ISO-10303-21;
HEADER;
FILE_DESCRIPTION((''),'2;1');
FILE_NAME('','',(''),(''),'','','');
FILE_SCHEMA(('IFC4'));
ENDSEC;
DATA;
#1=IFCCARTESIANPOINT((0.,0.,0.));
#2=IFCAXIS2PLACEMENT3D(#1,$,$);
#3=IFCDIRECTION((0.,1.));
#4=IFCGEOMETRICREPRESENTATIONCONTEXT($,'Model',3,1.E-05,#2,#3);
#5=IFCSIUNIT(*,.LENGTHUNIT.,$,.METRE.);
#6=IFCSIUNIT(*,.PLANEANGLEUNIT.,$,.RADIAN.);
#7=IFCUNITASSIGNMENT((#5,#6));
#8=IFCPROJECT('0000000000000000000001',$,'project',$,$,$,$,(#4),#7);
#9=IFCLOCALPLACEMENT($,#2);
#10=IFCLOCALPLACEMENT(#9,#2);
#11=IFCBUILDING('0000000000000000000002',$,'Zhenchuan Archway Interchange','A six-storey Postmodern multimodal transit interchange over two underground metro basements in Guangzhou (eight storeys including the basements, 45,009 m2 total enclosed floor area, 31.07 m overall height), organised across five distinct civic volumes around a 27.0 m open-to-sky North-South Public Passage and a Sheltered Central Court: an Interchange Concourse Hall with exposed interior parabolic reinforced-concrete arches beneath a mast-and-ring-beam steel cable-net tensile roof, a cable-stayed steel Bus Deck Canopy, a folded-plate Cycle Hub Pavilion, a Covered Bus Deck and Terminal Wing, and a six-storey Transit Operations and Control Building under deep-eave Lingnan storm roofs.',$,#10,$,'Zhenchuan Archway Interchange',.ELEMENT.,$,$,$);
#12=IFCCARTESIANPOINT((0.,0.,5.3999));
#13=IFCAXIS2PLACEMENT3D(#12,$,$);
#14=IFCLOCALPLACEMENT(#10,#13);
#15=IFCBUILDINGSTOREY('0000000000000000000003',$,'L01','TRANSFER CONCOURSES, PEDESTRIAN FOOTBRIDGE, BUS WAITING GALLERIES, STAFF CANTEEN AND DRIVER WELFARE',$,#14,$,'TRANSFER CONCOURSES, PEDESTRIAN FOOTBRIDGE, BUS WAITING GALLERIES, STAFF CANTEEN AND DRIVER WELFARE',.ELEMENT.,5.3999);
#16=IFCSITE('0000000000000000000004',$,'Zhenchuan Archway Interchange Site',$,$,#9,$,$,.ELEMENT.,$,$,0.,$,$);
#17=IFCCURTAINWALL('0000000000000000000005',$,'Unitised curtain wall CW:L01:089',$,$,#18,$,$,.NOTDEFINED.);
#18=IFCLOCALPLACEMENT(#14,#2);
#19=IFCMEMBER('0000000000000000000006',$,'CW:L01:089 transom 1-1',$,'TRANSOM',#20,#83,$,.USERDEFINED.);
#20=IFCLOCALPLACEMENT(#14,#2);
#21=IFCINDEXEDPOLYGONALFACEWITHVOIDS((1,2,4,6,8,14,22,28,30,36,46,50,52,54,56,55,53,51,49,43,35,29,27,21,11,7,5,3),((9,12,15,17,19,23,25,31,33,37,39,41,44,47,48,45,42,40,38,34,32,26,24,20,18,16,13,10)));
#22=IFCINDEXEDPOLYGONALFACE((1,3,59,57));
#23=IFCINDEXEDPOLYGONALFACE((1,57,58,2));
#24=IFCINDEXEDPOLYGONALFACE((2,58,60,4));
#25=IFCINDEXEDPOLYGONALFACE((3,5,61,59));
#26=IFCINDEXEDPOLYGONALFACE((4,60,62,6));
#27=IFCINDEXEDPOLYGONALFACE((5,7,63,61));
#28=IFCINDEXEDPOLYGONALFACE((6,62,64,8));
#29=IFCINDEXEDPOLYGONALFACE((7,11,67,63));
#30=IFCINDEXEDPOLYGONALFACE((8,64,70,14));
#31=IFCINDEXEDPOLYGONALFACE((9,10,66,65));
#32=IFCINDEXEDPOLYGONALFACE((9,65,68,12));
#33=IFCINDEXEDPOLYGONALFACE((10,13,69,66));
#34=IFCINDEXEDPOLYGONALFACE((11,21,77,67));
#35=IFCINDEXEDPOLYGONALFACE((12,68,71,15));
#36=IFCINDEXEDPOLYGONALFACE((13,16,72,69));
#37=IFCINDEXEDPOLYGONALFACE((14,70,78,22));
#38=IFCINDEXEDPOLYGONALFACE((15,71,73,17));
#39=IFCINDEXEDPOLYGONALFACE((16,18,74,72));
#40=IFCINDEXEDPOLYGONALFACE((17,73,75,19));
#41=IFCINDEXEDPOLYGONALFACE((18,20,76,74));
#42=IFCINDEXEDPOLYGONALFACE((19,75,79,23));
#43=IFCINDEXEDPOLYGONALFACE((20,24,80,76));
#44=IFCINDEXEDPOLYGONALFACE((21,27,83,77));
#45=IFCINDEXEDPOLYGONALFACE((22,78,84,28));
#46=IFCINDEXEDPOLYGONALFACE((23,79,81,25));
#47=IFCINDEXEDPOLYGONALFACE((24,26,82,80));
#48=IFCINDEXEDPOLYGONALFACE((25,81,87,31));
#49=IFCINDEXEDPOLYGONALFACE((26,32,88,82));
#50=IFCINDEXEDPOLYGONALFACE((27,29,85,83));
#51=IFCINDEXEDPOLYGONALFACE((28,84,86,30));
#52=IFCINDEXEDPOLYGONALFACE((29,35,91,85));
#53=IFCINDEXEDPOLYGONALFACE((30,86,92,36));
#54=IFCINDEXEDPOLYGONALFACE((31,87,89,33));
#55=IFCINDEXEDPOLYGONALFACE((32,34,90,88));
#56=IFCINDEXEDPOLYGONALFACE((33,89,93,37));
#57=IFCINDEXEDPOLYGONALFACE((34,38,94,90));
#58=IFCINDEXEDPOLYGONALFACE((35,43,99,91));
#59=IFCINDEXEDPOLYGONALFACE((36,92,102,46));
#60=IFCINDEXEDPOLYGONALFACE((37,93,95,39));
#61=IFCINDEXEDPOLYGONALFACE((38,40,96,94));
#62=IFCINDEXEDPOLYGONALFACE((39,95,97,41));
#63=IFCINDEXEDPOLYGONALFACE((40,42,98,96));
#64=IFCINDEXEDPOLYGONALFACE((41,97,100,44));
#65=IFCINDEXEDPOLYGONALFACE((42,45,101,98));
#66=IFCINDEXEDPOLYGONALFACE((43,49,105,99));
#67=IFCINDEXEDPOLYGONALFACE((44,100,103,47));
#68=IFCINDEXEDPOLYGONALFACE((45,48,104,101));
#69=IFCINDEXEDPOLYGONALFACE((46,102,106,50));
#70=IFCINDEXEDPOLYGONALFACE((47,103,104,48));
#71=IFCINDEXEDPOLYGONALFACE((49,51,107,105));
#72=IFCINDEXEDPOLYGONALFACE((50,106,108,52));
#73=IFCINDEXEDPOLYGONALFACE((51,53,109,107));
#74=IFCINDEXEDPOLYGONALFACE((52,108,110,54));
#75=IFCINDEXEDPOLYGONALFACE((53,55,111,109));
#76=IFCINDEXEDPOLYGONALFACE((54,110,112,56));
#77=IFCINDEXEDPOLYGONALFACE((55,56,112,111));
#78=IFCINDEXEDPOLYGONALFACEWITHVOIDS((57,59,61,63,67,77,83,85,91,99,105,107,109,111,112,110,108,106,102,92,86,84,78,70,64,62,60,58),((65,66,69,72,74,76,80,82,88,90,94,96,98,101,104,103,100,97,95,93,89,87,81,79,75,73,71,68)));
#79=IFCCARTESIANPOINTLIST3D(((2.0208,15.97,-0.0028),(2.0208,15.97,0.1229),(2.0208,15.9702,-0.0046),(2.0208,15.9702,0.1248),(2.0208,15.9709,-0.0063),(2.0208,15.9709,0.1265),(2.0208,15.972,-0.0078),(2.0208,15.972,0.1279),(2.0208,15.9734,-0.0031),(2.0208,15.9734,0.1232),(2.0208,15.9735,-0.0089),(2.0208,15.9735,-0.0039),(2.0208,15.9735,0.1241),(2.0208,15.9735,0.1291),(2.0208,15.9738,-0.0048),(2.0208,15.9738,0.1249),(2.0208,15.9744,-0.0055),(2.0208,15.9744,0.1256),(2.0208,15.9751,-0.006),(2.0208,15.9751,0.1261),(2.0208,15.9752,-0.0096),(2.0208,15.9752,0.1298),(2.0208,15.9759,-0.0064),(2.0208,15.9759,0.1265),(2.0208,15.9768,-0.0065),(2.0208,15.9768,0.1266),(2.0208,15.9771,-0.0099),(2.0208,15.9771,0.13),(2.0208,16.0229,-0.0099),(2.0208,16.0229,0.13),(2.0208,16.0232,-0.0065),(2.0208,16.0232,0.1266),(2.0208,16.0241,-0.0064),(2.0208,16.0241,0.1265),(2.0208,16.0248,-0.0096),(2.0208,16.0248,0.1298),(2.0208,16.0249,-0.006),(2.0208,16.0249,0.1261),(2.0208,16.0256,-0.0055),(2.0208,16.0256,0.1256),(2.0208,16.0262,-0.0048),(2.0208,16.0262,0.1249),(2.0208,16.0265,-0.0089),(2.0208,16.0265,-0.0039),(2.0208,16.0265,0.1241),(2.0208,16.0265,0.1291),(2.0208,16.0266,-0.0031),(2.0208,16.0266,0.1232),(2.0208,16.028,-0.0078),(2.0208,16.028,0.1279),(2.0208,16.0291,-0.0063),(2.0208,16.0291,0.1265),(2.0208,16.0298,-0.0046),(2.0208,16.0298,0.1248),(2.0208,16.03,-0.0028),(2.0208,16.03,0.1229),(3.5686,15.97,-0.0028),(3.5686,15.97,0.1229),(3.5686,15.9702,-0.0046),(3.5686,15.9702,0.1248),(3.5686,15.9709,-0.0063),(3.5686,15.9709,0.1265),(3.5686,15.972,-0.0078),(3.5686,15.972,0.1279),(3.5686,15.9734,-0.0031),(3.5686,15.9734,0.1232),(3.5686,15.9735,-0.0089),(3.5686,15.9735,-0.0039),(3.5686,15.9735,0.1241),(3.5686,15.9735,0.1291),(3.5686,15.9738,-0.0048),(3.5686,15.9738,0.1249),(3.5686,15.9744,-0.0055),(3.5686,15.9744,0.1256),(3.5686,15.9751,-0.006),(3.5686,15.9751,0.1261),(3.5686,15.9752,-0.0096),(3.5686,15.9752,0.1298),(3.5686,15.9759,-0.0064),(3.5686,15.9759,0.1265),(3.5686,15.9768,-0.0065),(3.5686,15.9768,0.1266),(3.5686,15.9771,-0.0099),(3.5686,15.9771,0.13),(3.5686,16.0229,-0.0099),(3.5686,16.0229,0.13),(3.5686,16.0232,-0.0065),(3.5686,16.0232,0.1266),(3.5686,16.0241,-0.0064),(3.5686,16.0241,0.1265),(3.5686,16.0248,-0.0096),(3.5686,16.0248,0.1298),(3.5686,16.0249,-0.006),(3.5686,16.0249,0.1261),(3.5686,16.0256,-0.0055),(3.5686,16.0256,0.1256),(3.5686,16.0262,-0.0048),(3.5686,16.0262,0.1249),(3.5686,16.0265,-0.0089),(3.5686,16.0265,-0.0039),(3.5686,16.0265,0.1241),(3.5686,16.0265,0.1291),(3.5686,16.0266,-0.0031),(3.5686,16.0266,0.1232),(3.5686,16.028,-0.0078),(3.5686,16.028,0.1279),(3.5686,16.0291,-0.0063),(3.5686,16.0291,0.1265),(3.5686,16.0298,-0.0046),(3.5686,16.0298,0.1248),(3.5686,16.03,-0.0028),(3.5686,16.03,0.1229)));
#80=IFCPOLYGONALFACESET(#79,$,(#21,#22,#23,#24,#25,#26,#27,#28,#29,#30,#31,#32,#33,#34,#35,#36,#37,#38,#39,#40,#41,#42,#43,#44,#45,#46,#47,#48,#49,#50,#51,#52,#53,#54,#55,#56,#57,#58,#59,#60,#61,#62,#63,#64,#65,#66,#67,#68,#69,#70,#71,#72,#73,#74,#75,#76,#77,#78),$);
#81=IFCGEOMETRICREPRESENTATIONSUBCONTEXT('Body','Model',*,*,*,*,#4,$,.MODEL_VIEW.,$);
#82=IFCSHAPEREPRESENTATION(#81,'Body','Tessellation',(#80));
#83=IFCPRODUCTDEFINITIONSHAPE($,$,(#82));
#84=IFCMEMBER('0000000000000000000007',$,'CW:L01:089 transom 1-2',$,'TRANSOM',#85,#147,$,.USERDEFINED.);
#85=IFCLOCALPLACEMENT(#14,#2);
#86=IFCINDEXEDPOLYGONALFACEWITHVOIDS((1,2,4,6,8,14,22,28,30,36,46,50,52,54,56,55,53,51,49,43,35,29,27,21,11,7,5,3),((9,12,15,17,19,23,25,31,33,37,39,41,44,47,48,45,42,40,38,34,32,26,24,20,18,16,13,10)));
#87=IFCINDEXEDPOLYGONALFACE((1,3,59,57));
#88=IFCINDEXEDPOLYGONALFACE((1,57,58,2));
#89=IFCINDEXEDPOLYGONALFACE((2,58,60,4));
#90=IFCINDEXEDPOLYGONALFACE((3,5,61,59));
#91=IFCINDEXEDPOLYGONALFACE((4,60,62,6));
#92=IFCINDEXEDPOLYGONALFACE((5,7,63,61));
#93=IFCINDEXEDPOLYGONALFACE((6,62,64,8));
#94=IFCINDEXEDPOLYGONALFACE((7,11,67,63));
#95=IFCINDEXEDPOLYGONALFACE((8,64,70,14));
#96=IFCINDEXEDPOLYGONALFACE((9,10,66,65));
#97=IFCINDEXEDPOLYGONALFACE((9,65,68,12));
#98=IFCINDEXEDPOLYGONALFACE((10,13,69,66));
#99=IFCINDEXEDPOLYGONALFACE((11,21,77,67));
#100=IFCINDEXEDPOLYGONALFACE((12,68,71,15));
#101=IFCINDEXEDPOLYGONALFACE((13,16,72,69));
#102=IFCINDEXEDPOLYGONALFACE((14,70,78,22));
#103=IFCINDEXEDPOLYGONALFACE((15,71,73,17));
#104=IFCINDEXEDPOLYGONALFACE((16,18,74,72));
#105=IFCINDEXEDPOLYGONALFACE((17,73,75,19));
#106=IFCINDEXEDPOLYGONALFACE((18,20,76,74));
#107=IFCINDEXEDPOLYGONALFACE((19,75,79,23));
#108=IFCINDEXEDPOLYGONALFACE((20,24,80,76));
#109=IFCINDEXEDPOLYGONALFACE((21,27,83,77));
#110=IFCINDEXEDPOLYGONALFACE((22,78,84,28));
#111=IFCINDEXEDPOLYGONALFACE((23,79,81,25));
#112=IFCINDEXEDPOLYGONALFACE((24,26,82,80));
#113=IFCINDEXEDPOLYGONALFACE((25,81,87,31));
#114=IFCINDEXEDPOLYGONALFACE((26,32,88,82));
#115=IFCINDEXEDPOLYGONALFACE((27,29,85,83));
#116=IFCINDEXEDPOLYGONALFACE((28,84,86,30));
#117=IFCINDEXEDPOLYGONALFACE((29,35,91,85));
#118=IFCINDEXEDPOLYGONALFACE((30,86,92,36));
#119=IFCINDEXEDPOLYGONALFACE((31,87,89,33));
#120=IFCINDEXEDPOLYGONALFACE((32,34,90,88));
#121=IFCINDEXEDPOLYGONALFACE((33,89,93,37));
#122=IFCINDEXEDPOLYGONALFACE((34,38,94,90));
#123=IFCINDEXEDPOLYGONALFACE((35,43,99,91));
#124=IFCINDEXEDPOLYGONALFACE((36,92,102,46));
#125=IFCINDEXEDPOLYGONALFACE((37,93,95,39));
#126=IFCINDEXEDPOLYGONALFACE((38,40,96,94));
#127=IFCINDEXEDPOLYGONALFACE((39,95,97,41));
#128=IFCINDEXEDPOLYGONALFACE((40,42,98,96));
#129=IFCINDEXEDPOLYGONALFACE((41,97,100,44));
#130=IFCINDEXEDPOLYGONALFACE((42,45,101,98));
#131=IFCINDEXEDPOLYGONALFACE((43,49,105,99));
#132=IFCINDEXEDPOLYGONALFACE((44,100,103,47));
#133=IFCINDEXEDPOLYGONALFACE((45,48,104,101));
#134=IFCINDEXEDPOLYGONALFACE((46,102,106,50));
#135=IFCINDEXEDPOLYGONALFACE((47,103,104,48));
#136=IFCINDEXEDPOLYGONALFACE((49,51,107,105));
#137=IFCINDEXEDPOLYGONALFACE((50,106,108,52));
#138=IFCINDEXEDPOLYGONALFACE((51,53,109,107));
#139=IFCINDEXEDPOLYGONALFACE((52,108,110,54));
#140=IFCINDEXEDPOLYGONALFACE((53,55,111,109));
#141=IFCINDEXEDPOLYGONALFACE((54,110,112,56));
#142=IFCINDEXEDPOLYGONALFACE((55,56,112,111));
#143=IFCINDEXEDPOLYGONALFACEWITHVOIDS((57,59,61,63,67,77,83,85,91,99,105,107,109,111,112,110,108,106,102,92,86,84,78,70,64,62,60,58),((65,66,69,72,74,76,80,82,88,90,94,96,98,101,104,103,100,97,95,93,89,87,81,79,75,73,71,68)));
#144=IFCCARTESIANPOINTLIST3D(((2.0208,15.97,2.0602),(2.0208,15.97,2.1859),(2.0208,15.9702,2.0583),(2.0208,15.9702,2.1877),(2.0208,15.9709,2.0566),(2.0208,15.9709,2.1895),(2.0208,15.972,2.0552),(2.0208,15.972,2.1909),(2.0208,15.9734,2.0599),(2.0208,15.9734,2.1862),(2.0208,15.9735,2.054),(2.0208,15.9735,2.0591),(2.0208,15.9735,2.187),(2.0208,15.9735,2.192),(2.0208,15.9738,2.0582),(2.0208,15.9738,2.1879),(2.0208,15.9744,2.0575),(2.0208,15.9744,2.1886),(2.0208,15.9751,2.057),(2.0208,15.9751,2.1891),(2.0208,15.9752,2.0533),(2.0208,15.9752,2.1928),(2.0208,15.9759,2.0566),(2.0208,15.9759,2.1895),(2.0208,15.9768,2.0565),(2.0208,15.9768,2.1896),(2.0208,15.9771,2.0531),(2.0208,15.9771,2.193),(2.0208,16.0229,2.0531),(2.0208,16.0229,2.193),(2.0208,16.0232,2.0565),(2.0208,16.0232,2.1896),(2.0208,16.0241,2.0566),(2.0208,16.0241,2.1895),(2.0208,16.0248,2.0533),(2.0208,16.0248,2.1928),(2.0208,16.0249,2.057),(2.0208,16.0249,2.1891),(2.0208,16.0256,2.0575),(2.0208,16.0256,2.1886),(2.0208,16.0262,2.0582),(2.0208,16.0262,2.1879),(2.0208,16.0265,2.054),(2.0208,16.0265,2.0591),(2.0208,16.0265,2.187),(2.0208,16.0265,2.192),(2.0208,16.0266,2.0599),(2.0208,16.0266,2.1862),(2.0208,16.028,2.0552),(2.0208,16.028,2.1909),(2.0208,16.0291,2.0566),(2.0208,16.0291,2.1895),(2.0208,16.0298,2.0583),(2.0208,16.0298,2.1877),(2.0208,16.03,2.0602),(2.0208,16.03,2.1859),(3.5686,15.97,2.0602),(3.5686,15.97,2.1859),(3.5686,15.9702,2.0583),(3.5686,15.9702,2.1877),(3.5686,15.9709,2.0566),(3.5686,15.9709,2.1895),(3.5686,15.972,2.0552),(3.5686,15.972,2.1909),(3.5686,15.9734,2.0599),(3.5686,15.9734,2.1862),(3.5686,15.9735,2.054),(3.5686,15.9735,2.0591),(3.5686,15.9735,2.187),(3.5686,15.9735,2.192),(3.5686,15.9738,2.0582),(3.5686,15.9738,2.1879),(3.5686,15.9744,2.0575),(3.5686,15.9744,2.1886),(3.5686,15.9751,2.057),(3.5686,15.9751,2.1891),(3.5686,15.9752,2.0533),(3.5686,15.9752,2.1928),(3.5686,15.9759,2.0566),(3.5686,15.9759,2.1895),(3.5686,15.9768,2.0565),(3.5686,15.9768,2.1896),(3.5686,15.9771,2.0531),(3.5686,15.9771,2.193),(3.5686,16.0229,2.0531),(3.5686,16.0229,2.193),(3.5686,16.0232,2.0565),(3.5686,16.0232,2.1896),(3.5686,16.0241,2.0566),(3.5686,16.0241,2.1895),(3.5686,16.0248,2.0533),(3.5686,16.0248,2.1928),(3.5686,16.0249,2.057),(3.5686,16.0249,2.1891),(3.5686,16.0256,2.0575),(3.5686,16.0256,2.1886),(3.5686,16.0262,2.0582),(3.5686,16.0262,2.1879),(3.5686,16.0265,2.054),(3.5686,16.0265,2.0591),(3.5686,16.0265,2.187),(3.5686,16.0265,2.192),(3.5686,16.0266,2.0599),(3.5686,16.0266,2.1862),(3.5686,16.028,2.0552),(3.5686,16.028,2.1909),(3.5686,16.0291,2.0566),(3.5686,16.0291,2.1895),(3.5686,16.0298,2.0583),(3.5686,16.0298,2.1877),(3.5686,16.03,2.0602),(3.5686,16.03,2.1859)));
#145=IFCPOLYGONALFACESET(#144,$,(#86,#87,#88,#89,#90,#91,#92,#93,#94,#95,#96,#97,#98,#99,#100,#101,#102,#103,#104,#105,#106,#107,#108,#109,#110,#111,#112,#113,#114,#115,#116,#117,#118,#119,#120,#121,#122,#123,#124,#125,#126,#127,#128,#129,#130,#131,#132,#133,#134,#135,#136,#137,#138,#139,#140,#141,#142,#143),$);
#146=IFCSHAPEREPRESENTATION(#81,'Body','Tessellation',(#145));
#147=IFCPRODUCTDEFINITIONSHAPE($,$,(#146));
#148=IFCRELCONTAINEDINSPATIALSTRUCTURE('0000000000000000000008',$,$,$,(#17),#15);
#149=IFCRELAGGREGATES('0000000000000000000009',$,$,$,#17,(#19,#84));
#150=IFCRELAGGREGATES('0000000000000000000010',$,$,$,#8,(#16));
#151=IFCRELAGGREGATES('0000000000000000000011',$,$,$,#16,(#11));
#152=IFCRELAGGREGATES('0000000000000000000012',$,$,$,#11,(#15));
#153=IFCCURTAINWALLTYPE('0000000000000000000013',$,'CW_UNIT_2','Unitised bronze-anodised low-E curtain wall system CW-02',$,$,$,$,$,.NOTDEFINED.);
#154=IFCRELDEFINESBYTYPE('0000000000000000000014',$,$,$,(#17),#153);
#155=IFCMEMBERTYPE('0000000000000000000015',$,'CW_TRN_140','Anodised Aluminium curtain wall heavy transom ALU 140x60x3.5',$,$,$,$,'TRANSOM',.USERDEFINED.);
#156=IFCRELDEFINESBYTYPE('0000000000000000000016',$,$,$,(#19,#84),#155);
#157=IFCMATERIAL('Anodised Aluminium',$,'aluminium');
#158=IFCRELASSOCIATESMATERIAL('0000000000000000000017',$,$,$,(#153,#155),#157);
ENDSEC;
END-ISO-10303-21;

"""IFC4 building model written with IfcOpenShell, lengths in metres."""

from ifc_helpers import new_model, si_unit, direction, frame, origin, origin_2d, place, context, subcontext, project, spatial, hollow_rectangle, extrude, material, material_profile, profile_set, type_object, element, aggregate, save


model = new_model("IFC4")

# Units and contexts
model_context = context("Model", 3, precision=1e-05, world=origin(), true_north=direction((0.0, 1.0)))
body_context = subcontext(model_context, "Body", "Model", "MODEL_VIEW")
ifc_project = project(units=[si_unit("LENGTHUNIT", "METRE"), si_unit("PLANEANGLEUNIT", "RADIAN")], contexts=[model_context])

# Site, building, storey
site_placement = place(None, origin())
site = spatial("IfcSite", under=ifc_project, at=site_placement, Name="Zhenchuan Archway Interchange Site", CompositionType="ELEMENT", RefElevation=0.0)
building_placement = place(site_placement, origin())
building = spatial("IfcBuilding", under=site, at=building_placement, Name="Zhenchuan Archway Interchange", Description="A six-storey Postmodern multimodal transit interchange over two underground metro basements in Guangzhou (eight storeys including the basements, 45,009 m2 total enclosed floor area, 31.07 m overall height), organised across five distinct civic volumes around a 27.0 m open-to-sky North-South Public Passage and a Sheltered Central Court: an Interchange Concourse Hall with exposed interior parabolic reinforced-concrete arches beneath a mast-and-ring-beam steel cable-net tensile roof, a cable-stayed steel Bus Deck Canopy, a folded-plate Cycle Hub Pavilion, a Covered Bus Deck and Terminal Wing, and a six-storey Transit Operations and Control Building under deep-eave Lingnan storm roofs.", LongName="Zhenchuan Archway Interchange", CompositionType="ELEMENT")
storey_placement = place(building_placement, frame((0.0, 0.0, 5.3999)))
storey = spatial("IfcBuildingStorey", under=building, at=storey_placement, Name="L01", Description="TRANSFER CONCOURSES, PEDESTRIAN FOOTBRIDGE, BUS WAITING GALLERIES, STAFF CANTEEN AND DRIVER WELFARE", LongName="TRANSFER CONCOURSES, PEDESTRIAN FOOTBRIDGE, BUS WAITING GALLERIES, STAFF CANTEEN AND DRIVER WELFARE", CompositionType="ELEMENT", Elevation=5.3999)

# Curtain wall, members
ifc_material_1 = material(Name="Anodised Aluminium", Category="aluminium")
curtain_wall_type = type_object("IfcCurtainWallType", Name="CW_UNIT_2", Description="Unitised bronze-anodised low-E curtain wall system CW-02", PredefinedType="NOTDEFINED", material=ifc_material_1)
curtain_wall_placement = place(storey_placement, origin())
curtain_wall = element("IfcCurtainWall", 1, at=curtain_wall_placement, inside=storey, type_object=curtain_wall_type, Name="Unitised curtain wall CW:L01:089", PredefinedType="NOTDEFINED")
ifc_material_profile_1 = material_profile(ifc_material_1, hollow_rectangle(XDim=0.0601, YDim=0.1399, WallThickness=0.0034, InnerFilletRadius=0.0034, OuterFilletRadius=0.0071, at=origin_2d()), Name="ALU 140x60x3.5")
ifc_profile_set_1 = profile_set([ifc_material_profile_1], Name="Anodised Aluminium")
member_type_1 = type_object("IfcMemberType", Name="CW_TRN_140", Description="Anodised Aluminium curtain wall heavy transom ALU 140x60x3.5", ElementType="TRANSOM", PredefinedType="USERDEFINED", material=ifc_profile_set_1)
member_1_placement = place(storey_placement, frame((2.0208, 16.0, 0.0601), z_axis=(1.0, 0.0, 0.0), x_axis=(0.0, 1.0, 0.0)))
member_1 = element("IfcMember", 2, at=member_1_placement, type_object=member_type_1, Name="CW:L01:089 transom 1-1", ObjectType="TRANSOM", PredefinedType="USERDEFINED", context=body_context, shape_type="SweptSolid", body=[
    extrude(hollow_rectangle(XDim=0.0601, YDim=0.1399, WallThickness=0.0034, InnerFilletRadius=0.0034, OuterFilletRadius=0.0071, at=origin_2d()), origin(), (0.0, 0.0, 1.0), 1.5479),
])
member_2_placement = place(storey_placement, frame((2.0208, 16.0, 2.123), z_axis=(1.0, 0.0, 0.0), x_axis=(0.0, 1.0, 0.0)))
member_2 = element("IfcMember", 3, at=member_2_placement, type_object=member_type_1, Name="CW:L01:089 transom 1-2", ObjectType="TRANSOM", PredefinedType="USERDEFINED", context=body_context, shape_type="SweptSolid", body=[
    extrude(hollow_rectangle(XDim=0.0601, YDim=0.1399, WallThickness=0.0034, InnerFilletRadius=0.0034, OuterFilletRadius=0.0071, at=origin_2d()), origin(), (0.0, 0.0, 1.0), 1.5479),
])

aggregate(curtain_wall, [member_1, member_2])

save(model, "model.ifc")
